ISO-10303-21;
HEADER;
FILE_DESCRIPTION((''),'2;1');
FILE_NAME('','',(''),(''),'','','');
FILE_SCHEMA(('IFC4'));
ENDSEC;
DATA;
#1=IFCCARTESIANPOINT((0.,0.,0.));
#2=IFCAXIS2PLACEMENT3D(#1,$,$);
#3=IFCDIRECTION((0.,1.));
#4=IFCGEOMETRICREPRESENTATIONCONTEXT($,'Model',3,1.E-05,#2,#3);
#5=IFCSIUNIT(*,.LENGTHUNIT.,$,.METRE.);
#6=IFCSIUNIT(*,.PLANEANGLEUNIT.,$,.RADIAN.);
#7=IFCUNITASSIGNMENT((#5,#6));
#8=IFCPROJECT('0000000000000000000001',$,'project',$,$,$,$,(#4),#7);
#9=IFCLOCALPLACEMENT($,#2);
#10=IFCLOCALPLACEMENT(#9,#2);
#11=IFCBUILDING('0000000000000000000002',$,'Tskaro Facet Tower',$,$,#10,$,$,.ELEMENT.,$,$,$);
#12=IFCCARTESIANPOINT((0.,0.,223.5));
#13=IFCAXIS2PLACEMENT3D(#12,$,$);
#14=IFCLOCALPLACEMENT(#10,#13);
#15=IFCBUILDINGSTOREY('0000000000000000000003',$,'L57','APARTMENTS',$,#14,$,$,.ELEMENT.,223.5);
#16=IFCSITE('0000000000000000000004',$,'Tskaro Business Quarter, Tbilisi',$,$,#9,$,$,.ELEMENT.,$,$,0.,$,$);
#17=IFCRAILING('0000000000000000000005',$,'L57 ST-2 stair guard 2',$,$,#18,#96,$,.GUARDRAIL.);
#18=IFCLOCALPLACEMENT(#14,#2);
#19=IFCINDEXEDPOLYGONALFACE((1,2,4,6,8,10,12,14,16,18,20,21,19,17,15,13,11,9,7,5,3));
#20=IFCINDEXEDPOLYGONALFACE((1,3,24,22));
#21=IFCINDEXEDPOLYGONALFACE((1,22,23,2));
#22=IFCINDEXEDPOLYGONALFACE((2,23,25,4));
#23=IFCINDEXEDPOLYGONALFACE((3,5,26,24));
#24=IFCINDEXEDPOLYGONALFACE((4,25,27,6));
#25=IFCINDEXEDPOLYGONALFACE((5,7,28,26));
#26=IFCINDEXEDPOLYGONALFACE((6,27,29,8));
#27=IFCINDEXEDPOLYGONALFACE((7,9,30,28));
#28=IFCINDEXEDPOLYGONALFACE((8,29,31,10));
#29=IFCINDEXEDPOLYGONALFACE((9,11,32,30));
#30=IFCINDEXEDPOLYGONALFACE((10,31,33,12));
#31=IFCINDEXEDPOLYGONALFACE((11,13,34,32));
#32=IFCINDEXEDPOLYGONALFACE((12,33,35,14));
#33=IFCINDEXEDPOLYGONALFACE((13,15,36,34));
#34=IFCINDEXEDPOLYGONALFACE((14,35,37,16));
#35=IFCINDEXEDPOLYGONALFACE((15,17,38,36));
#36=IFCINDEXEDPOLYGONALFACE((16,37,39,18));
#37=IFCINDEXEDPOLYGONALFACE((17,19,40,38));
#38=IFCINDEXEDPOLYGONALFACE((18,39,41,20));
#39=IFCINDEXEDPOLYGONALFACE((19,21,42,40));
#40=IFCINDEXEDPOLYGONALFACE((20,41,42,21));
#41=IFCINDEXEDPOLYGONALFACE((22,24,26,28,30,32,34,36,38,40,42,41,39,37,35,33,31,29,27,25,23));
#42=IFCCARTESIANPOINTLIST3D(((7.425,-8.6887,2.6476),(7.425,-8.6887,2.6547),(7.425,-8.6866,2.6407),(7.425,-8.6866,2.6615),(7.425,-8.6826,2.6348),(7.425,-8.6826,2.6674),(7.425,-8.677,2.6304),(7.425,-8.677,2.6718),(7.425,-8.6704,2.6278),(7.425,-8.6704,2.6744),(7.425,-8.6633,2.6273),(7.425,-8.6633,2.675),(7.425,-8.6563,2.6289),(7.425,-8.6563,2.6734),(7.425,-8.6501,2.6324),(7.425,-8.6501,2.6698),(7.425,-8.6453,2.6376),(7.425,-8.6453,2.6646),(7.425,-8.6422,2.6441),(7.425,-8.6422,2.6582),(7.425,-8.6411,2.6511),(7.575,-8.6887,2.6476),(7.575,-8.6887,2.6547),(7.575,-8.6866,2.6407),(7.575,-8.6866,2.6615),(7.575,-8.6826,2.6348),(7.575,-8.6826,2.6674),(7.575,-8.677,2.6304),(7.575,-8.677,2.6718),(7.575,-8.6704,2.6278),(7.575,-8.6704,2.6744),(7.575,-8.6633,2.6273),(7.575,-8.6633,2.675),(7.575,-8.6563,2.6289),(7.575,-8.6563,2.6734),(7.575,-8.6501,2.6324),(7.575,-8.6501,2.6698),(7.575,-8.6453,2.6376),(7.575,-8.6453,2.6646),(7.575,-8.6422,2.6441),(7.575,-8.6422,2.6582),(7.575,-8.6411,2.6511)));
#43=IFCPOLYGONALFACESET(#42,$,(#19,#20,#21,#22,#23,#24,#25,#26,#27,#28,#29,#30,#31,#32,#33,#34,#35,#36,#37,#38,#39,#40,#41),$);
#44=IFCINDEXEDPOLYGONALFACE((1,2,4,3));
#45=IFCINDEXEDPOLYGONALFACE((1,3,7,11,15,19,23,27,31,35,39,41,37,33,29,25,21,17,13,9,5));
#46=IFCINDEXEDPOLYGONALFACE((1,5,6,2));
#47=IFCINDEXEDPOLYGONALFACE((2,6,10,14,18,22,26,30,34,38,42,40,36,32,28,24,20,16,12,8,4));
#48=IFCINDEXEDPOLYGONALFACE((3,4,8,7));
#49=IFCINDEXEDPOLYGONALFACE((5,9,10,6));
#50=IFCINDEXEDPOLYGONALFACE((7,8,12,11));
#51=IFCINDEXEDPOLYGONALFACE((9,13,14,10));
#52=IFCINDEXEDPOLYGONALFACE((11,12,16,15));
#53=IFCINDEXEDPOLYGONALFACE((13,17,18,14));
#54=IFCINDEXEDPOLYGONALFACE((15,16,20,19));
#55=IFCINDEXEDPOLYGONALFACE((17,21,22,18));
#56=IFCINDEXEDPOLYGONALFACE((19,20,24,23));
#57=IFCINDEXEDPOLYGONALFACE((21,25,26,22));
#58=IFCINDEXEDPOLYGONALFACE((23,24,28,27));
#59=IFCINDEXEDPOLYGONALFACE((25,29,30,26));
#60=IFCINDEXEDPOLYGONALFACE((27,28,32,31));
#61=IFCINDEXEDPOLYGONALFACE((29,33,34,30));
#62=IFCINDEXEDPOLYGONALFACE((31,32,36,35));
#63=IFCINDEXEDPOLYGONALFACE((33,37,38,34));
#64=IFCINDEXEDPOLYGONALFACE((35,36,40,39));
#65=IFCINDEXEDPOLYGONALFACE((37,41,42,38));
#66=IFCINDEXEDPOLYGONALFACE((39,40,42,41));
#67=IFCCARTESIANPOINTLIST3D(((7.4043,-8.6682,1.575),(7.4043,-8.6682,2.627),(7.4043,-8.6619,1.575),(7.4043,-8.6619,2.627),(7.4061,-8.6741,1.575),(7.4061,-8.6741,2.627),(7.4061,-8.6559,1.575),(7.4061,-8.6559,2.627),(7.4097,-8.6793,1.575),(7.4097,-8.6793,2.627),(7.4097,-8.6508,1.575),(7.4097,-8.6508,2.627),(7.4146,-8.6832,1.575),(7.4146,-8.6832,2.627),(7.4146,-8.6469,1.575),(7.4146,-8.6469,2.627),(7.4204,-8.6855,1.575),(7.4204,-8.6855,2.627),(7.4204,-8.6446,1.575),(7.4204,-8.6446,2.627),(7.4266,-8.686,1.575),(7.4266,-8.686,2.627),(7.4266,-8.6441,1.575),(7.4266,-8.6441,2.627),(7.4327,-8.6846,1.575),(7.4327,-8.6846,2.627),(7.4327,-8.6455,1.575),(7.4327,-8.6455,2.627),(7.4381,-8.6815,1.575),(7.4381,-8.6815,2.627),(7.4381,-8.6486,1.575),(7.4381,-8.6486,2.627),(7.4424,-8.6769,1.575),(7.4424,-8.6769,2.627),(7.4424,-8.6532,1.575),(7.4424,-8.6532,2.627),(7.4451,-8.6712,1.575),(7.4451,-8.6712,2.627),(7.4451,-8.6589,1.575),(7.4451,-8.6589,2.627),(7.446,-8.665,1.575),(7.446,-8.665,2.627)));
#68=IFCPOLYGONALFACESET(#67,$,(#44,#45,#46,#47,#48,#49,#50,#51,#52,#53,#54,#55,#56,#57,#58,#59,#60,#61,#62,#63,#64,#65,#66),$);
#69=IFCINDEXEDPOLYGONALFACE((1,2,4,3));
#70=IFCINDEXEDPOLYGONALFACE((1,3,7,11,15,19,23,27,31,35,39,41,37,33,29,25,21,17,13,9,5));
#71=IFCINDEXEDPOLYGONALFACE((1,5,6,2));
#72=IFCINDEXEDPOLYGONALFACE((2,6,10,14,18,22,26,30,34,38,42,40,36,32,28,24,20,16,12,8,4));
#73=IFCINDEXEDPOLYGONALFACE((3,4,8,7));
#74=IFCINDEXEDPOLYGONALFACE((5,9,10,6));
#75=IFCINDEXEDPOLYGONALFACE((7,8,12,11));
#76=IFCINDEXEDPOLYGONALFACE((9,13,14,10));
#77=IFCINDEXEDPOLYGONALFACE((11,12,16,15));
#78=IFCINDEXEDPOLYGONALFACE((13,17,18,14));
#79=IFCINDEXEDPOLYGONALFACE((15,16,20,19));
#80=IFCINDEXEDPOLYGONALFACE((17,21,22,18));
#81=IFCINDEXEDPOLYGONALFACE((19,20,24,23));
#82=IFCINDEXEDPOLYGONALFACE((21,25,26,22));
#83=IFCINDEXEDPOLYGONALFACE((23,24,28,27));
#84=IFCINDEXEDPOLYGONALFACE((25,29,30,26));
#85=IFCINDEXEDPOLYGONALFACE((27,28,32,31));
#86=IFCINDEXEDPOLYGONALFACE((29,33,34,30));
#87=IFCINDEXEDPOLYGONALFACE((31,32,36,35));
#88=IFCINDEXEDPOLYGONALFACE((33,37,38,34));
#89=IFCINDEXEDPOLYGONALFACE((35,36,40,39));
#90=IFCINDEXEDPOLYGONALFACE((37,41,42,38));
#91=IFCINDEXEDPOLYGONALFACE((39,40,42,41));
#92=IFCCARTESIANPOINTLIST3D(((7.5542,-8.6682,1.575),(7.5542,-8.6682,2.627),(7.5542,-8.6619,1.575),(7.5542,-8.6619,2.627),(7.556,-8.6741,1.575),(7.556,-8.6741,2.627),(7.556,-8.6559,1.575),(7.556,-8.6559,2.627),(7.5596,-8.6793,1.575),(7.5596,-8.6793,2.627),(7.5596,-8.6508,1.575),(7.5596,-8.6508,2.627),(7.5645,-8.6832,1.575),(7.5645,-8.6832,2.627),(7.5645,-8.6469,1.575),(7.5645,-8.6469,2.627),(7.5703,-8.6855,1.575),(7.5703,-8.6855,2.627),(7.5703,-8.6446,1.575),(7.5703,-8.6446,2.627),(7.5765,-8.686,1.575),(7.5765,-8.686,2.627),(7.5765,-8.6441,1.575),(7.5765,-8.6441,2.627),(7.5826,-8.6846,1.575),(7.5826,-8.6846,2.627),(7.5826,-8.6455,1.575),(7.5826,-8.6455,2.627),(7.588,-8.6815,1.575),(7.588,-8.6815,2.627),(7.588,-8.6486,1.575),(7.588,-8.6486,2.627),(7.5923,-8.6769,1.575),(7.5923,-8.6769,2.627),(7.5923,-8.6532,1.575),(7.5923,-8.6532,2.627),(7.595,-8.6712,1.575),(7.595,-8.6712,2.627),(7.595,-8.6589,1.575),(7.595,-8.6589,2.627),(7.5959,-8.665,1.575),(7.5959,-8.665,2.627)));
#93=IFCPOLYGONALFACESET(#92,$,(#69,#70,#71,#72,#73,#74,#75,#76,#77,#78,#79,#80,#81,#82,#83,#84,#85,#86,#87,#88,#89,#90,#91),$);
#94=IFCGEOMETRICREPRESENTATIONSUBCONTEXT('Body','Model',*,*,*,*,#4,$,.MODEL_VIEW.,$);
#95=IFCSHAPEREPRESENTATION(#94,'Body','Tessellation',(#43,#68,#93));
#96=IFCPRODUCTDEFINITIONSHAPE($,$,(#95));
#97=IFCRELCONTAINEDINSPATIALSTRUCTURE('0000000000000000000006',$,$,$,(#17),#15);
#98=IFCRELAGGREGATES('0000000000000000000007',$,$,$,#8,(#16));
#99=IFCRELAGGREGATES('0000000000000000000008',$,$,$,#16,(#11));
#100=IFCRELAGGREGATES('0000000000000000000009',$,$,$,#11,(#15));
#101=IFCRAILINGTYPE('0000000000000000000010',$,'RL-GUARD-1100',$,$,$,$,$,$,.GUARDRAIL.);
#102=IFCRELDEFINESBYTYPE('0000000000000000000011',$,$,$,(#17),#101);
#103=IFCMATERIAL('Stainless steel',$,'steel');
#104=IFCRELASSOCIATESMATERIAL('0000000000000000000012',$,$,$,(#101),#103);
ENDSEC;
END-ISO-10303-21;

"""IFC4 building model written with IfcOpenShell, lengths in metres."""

from ifc_helpers import new_model, si_unit, direction, frame, origin, origin_2d, place, context, subcontext, project, spatial, circle, extrude, material, type_object, element, save


model = new_model("IFC4")

# Units and contexts
model_context = context("Model", 3, precision=1e-05, world=origin(), true_north=direction((0.0, 1.0)))
body_context = subcontext(model_context, "Body", "Model", "MODEL_VIEW")
ifc_project = project(units=[si_unit("LENGTHUNIT", "METRE"), si_unit("PLANEANGLEUNIT", "RADIAN")], contexts=[model_context])

# Site, building, storey
site_placement = place(None, origin())
site = spatial("IfcSite", under=ifc_project, at=site_placement, Name="Tskaro Business Quarter, Tbilisi", CompositionType="ELEMENT", RefElevation=0.0)
building_placement = place(site_placement, origin())
building = spatial("IfcBuilding", under=site, at=building_placement, Name="Tskaro Facet Tower", CompositionType="ELEMENT")
storey_placement = place(building_placement, frame((0.0, 0.0, 223.5)))
storey = spatial("IfcBuildingStorey", under=building, at=storey_placement, Name="L57", Description="APARTMENTS", CompositionType="ELEMENT", Elevation=223.5)

# Railing
ifc_material_1 = material(Name="Stainless steel", Category="steel")
railing_type_1 = type_object("IfcRailingType", Name="RL-GUARD-1100", PredefinedType="GUARDRAIL", material=ifc_material_1)
railing_1_placement = place(storey_placement, frame((7.425, -8.665, 1.575)))
element("IfcRailing", 1, at=railing_1_placement, inside=storey, type_object=railing_type_1, Name="L57 ST-2 stair guard 2", PredefinedType="GUARDRAIL", context=body_context, shape_type="SweptSolid", body=[
    extrude(circle(Radius=0.0239, at=origin_2d()), frame((0.0, 0.0, 1.0762), z_axis=(1.0, 0.0, 0.0), x_axis=(0.0, 1.0, 0.0)), (0.0, 0.0, 1.0), 0.1499),
    extrude(circle(Radius=0.021, at=origin_2d()), origin(), (0.0, 0.0, 1.0), 1.052),
    extrude(circle(Radius=0.021, at=origin_2d()), frame((0.1499, 0.0, 0.0)), (0.0, 0.0, 1.0), 1.052),
])

save(model, "model.ifc")
